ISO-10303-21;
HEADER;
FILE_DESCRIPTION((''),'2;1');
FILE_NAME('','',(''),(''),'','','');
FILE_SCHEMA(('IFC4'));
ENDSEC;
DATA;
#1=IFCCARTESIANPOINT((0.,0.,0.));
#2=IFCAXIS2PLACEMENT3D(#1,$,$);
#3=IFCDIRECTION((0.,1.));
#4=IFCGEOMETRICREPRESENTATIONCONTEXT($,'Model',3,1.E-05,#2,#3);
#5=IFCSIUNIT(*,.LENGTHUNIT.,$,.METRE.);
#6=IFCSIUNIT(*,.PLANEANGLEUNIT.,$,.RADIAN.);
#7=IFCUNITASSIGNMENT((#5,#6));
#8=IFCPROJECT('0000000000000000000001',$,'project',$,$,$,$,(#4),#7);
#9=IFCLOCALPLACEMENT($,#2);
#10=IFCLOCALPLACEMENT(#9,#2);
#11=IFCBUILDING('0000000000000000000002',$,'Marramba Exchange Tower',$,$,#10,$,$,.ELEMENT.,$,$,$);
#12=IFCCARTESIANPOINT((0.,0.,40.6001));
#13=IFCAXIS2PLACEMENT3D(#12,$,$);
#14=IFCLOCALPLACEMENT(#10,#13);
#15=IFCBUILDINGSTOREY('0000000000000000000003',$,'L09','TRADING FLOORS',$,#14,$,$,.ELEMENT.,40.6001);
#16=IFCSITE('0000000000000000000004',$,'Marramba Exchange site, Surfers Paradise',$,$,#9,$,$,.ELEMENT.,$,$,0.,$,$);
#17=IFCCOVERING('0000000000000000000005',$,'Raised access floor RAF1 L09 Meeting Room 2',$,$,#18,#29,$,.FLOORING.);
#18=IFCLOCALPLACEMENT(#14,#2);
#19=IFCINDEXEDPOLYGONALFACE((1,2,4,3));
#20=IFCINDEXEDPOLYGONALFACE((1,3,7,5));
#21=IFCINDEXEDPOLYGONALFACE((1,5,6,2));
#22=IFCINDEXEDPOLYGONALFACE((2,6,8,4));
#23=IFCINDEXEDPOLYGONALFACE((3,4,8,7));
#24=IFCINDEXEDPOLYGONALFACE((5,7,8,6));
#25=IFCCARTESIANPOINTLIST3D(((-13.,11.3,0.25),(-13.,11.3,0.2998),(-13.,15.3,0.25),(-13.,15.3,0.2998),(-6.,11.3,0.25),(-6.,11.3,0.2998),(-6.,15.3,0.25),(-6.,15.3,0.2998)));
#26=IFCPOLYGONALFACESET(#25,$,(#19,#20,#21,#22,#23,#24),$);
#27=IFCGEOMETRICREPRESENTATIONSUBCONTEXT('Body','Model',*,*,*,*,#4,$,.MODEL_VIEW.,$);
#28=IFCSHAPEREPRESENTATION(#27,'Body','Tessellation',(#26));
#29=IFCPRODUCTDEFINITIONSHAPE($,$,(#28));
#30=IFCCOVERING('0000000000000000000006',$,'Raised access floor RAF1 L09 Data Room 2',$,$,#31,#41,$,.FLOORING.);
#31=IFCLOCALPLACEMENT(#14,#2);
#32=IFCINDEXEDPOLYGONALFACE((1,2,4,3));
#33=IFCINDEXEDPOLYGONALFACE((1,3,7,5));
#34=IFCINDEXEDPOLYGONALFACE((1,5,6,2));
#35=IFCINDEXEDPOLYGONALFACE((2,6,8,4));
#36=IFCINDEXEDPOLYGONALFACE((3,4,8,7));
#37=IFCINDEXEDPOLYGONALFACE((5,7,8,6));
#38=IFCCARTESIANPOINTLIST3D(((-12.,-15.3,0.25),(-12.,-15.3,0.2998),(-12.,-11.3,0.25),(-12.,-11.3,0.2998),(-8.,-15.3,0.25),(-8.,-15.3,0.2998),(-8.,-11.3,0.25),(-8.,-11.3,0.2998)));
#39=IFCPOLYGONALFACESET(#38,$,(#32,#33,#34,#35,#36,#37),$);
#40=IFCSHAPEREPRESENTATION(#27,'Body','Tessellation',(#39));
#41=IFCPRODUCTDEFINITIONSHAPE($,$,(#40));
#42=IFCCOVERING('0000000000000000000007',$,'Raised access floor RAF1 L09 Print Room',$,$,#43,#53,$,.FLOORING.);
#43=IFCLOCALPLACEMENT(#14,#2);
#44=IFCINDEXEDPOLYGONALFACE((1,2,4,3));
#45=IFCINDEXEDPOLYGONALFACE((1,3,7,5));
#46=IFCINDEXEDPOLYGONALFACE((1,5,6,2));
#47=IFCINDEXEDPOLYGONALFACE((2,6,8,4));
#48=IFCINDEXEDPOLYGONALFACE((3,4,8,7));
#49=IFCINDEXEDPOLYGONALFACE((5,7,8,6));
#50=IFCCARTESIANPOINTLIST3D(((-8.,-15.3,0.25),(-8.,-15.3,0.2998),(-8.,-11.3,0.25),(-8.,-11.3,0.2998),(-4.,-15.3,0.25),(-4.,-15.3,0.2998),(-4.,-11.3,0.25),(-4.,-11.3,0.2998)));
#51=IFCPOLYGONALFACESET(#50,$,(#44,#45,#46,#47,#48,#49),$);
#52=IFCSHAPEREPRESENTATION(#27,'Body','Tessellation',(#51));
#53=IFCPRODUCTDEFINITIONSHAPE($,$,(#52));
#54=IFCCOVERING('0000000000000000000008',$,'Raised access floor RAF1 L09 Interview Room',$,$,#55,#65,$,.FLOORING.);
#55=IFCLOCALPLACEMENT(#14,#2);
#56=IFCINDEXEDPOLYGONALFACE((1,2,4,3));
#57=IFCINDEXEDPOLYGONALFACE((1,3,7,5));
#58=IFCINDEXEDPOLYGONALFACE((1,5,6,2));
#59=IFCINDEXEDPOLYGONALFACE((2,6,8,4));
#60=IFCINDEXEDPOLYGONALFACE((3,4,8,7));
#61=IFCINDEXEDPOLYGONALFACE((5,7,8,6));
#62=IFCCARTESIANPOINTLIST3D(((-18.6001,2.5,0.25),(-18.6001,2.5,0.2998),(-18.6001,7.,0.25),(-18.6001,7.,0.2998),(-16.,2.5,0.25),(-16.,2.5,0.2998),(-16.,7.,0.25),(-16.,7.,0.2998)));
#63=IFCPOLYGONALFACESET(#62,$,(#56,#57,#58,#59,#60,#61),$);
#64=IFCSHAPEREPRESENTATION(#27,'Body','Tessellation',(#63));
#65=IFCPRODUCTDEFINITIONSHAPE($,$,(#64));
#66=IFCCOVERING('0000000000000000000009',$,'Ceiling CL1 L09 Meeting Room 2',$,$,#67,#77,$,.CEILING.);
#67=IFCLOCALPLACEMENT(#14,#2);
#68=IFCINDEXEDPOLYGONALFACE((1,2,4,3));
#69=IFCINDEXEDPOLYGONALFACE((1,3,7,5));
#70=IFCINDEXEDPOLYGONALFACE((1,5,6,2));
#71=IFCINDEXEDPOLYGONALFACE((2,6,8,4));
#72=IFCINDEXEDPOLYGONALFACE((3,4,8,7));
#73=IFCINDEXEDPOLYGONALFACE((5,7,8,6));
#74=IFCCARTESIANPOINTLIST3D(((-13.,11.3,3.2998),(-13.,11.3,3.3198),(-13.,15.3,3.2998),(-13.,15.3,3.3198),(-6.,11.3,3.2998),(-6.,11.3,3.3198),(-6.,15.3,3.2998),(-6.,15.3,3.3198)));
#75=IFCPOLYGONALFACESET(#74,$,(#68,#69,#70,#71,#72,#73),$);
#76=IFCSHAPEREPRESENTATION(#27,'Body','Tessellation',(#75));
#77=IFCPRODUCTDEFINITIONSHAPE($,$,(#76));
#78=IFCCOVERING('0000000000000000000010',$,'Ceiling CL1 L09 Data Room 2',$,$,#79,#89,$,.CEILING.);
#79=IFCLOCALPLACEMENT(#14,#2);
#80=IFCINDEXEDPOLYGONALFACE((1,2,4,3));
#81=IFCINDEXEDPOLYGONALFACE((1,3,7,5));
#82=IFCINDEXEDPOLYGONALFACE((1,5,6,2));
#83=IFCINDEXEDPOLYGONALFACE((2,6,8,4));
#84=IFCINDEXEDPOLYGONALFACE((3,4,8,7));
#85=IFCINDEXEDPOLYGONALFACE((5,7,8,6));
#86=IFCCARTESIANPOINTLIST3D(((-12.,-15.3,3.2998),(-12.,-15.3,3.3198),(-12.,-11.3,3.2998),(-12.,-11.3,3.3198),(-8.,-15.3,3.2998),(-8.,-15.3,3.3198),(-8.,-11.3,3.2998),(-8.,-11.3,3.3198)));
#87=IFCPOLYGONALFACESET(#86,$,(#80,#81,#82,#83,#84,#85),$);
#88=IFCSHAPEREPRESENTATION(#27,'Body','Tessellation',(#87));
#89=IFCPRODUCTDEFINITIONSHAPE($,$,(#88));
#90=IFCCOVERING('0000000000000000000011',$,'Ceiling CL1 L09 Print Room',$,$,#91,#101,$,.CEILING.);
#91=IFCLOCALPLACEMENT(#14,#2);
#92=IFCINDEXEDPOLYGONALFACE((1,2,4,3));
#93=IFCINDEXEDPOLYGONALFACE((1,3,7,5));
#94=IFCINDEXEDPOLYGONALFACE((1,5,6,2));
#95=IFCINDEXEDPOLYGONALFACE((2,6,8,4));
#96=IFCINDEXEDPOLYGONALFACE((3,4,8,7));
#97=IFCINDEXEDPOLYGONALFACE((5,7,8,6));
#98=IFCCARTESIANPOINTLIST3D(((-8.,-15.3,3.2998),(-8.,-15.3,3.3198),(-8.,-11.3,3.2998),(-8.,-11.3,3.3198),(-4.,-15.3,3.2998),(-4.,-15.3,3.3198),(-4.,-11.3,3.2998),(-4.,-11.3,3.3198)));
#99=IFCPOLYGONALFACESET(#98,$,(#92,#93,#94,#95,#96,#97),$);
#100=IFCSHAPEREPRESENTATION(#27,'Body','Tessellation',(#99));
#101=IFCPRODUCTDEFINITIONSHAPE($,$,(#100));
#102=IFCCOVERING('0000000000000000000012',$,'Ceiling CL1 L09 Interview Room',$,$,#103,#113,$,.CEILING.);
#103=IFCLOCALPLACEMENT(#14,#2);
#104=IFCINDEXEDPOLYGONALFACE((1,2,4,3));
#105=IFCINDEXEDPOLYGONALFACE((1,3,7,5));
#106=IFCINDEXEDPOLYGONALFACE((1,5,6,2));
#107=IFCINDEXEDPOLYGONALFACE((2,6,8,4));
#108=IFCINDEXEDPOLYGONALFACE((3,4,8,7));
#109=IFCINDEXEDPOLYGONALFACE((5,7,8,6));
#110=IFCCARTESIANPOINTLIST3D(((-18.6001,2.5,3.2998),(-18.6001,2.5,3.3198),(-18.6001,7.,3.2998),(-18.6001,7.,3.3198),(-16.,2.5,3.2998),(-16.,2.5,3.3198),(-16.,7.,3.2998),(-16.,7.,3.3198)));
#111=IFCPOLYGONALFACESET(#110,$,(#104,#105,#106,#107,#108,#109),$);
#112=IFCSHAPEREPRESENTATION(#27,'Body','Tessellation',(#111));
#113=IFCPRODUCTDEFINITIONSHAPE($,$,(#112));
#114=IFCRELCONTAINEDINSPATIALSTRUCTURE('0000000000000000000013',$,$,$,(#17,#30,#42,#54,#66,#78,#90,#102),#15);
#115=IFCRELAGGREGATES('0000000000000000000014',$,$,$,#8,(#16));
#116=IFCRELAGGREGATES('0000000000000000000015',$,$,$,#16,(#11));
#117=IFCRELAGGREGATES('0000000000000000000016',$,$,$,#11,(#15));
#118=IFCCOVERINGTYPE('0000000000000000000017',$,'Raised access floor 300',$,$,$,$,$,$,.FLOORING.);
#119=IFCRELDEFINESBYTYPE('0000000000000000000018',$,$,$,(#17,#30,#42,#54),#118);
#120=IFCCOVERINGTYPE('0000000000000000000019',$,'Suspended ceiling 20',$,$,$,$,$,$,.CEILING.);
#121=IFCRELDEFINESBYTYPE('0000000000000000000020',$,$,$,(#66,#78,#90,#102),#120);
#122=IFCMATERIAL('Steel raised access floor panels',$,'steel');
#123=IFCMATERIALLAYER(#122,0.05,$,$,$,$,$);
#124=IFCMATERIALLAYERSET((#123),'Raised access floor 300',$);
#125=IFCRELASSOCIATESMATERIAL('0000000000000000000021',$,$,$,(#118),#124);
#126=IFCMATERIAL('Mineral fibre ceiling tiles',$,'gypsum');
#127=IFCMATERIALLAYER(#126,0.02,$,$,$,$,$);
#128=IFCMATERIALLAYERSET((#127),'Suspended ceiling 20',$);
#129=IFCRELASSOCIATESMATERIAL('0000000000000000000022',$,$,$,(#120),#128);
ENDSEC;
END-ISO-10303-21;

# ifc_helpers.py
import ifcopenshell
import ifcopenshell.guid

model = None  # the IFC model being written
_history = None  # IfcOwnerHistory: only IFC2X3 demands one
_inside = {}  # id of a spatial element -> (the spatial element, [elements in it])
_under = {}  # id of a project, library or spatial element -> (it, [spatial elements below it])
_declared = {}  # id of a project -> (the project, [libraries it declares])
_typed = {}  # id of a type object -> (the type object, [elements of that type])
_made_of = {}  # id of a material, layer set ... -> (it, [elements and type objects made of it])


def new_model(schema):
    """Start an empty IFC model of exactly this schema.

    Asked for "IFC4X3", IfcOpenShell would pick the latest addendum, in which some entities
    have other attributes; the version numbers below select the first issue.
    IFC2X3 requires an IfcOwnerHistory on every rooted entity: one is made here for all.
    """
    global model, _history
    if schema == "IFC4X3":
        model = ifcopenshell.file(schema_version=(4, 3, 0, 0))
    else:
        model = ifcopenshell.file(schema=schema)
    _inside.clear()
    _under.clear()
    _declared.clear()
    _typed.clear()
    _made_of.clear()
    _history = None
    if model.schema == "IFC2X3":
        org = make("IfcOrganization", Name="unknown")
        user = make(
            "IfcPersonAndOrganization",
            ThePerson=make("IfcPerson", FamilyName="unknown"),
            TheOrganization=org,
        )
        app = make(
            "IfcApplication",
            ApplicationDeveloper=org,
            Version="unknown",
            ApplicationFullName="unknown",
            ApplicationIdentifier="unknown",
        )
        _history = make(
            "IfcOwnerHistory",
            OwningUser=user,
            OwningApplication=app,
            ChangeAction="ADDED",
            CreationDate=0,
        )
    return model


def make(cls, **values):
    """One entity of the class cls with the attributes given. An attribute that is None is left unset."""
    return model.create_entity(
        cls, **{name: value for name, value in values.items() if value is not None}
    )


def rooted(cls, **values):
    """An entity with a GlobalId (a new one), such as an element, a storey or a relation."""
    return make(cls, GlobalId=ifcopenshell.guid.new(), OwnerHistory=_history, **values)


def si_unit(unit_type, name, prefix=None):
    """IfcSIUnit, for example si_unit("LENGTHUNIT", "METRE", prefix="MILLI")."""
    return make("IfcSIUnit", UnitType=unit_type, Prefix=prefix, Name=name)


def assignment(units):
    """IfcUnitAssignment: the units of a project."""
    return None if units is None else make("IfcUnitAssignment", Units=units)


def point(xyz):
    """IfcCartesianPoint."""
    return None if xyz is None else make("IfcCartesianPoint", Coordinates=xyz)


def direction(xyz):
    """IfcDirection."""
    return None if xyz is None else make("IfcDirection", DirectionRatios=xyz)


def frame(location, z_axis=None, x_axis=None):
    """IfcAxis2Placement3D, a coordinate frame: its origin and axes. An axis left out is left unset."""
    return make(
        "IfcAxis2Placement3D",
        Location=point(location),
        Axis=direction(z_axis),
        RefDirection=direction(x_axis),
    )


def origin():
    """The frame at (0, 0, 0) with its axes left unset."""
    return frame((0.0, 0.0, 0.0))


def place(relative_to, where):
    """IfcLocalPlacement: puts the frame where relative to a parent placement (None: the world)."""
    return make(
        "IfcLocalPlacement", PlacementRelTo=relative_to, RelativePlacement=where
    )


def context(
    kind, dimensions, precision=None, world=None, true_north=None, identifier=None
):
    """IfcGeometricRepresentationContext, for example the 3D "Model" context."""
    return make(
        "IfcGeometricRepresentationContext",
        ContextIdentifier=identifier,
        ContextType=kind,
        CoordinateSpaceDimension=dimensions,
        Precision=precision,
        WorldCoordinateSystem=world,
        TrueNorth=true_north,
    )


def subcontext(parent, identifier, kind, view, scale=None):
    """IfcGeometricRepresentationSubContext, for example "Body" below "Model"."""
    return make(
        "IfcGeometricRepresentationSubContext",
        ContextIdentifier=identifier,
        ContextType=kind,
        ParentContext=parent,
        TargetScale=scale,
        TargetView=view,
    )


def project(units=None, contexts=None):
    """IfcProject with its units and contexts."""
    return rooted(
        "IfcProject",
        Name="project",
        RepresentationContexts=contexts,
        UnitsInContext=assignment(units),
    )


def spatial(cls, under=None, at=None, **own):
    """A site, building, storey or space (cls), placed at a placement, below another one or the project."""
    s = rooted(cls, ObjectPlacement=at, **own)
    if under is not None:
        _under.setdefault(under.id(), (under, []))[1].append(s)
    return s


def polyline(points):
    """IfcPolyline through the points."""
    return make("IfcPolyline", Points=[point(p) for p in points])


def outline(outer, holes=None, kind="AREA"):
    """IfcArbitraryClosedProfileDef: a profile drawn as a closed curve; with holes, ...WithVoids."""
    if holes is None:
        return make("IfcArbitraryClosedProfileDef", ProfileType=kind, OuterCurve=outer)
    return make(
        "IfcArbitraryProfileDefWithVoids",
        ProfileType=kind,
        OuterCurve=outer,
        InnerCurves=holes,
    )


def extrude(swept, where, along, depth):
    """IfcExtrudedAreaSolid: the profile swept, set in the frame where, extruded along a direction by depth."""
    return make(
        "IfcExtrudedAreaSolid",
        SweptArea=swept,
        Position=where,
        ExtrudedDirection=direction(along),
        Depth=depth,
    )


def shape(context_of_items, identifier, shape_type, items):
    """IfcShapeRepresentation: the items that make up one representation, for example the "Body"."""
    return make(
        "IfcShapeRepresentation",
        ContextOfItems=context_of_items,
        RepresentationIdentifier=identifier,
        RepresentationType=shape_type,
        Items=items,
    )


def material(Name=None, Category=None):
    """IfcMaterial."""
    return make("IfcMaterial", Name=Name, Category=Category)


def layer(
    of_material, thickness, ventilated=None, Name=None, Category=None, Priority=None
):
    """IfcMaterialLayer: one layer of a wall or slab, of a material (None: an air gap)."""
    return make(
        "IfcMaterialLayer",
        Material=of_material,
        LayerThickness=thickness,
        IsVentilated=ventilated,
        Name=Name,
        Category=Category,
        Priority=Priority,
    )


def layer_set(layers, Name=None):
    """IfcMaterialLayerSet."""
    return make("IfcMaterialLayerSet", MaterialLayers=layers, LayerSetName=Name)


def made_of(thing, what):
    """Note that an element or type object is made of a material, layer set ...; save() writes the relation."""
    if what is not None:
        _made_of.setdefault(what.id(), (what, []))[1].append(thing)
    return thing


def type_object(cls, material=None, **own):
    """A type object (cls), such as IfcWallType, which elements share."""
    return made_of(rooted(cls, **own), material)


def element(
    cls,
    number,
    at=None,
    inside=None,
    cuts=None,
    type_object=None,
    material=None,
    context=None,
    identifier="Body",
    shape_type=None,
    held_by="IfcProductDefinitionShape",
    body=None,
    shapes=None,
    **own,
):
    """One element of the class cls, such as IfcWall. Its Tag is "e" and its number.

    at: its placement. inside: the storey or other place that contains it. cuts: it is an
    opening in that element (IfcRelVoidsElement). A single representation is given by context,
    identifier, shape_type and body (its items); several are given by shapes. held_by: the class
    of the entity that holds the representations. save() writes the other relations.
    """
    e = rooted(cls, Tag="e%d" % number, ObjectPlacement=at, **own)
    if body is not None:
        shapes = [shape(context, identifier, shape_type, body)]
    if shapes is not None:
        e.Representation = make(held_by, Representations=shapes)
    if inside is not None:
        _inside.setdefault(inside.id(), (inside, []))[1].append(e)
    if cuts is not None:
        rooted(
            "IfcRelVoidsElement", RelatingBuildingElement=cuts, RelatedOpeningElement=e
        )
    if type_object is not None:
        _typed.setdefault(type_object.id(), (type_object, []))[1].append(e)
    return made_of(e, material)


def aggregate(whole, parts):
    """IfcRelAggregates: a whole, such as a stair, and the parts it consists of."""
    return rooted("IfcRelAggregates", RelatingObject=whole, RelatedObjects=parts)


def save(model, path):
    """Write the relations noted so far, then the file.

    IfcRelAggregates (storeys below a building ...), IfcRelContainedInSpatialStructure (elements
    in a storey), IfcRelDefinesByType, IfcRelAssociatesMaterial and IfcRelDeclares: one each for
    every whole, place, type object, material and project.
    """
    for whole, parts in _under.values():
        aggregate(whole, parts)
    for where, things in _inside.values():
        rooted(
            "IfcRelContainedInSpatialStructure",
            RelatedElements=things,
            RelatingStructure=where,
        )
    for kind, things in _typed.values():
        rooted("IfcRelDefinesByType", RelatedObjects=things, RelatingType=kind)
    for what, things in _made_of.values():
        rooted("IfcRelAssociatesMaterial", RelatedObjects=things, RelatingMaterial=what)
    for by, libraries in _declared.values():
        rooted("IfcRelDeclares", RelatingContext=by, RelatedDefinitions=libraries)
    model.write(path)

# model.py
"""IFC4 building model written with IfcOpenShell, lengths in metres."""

from ifc_helpers import new_model, si_unit, direction, frame, origin, place, context, subcontext, project, spatial, polyline, outline, extrude, material, layer, layer_set, type_object, element, save


model = new_model("IFC4")

# Units and contexts
model_context = context("Model", 3, precision=1e-05, world=origin(), true_north=direction((0.0, 1.0)))
body_context = subcontext(model_context, "Body", "Model", "MODEL_VIEW")
ifc_project = project(units=[si_unit("LENGTHUNIT", "METRE"), si_unit("PLANEANGLEUNIT", "RADIAN")], contexts=[model_context])

# Site, building, storey
site_placement = place(None, origin())
site = spatial("IfcSite", under=ifc_project, at=site_placement, Name="Marramba Exchange site, Surfers Paradise", CompositionType="ELEMENT", RefElevation=0.0)
building_placement = place(site_placement, origin())
building = spatial("IfcBuilding", under=site, at=building_placement, Name="Marramba Exchange Tower", CompositionType="ELEMENT")
storey_placement = place(building_placement, frame((0.0, 0.0, 40.6001)))
storey = spatial("IfcBuildingStorey", under=building, at=storey_placement, Name="L09", Description="TRADING FLOORS", CompositionType="ELEMENT", Elevation=40.6001)

# Coverings
ifc_material_1 = material(Name="Steel raised access floor panels", Category="steel")
ifc_layer_1 = layer(ifc_material_1, 0.05)
ifc_layer_set_1 = layer_set([ifc_layer_1], Name="Raised access floor 300")
covering_type_1 = type_object("IfcCoveringType", Name="Raised access floor 300", PredefinedType="FLOORING", material=ifc_layer_set_1)
covering_1_placement = place(storey_placement, frame((0.0, 0.0, 0.25)))
element("IfcCovering", 1, at=covering_1_placement, inside=storey, type_object=covering_type_1, Name="Raised access floor RAF1 L09 Meeting Room 2", PredefinedType="FLOORING", context=body_context, shape_type="SweptSolid", body=[
    extrude(outline(polyline([(-6.0, 11.3), (-13.0, 11.3), (-13.0, 15.3), (-6.0, 15.3), (-6.0, 11.3)])), origin(), (0.0, 0.0, 1.0), 0.0498),
])
covering_2_placement = place(storey_placement, frame((0.0, 0.0, 0.25)))
element("IfcCovering", 2, at=covering_2_placement, inside=storey, type_object=covering_type_1, Name="Raised access floor RAF1 L09 Data Room 2", PredefinedType="FLOORING", context=body_context, shape_type="SweptSolid", body=[
    extrude(outline(polyline([(-8.0, -15.3), (-12.0, -15.3), (-12.0, -11.3), (-8.0, -11.3), (-8.0, -15.3)])), origin(), (0.0, 0.0, 1.0), 0.0498),
])
covering_3_placement = place(storey_placement, frame((0.0, 0.0, 0.25)))
element("IfcCovering", 3, at=covering_3_placement, inside=storey, type_object=covering_type_1, Name="Raised access floor RAF1 L09 Print Room", PredefinedType="FLOORING", context=body_context, shape_type="SweptSolid", body=[
    extrude(outline(polyline([(-4.0, -15.3), (-8.0, -15.3), (-8.0, -11.3), (-4.0, -11.3), (-4.0, -15.3)])), origin(), (0.0, 0.0, 1.0), 0.0498),
])
covering_4_placement = place(storey_placement, frame((0.0, 0.0, 0.25)))
element("IfcCovering", 4, at=covering_4_placement, inside=storey, type_object=covering_type_1, Name="Raised access floor RAF1 L09 Interview Room", PredefinedType="FLOORING", context=body_context, shape_type="SweptSolid", body=[
    extrude(outline(polyline([(-16.0, 2.5), (-18.6001, 2.5), (-18.6001, 7.0), (-16.0, 7.0), (-16.0, 2.5)])), origin(), (0.0, 0.0, 1.0), 0.0498),
])
ifc_material_2 = material(Name="Mineral fibre ceiling tiles", Category="gypsum")
ifc_layer_2 = layer(ifc_material_2, 0.02)
ifc_layer_set_2 = layer_set([ifc_layer_2], Name="Suspended ceiling 20")
covering_type_2 = type_object("IfcCoveringType", Name="Suspended ceiling 20", PredefinedType="CEILING", material=ifc_layer_set_2)
covering_5_placement = place(storey_placement, frame((0.0, 0.0, 3.2998)))
element("IfcCovering", 5, at=covering_5_placement, inside=storey, type_object=covering_type_2, Name="Ceiling CL1 L09 Meeting Room 2", PredefinedType="CEILING", context=body_context, shape_type="SweptSolid", body=[
    extrude(outline(polyline([(-6.0, 11.3), (-13.0, 11.3), (-13.0, 15.3), (-6.0, 15.3), (-6.0, 11.3)])), origin(), (0.0, 0.0, 1.0), 0.02),
])
covering_6_placement = place(storey_placement, frame((0.0, 0.0, 3.2998)))
element("IfcCovering", 6, at=covering_6_placement, inside=storey, type_object=covering_type_2, Name="Ceiling CL1 L09 Data Room 2", PredefinedType="CEILING", context=body_context, shape_type="SweptSolid", body=[
    extrude(outline(polyline([(-8.0, -15.3), (-12.0, -15.3), (-12.0, -11.3), (-8.0, -11.3), (-8.0, -15.3)])), origin(), (0.0, 0.0, 1.0), 0.02),
])
covering_7_placement = place(storey_placement, frame((0.0, 0.0, 3.2998)))
element("IfcCovering", 7, at=covering_7_placement, inside=storey, type_object=covering_type_2, Name="Ceiling CL1 L09 Print Room", PredefinedType="CEILING", context=body_context, shape_type="SweptSolid", body=[
    extrude(outline(polyline([(-4.0, -15.3), (-8.0, -15.3), (-8.0, -11.3), (-4.0, -11.3), (-4.0, -15.3)])), origin(), (0.0, 0.0, 1.0), 0.02),
])
covering_8_placement = place(storey_placement, frame((0.0, 0.0, 3.2998)))
element("IfcCovering", 8, at=covering_8_placement, inside=storey, type_object=covering_type_2, Name="Ceiling CL1 L09 Interview Room", PredefinedType="CEILING", context=body_context, shape_type="SweptSolid", body=[
    extrude(outline(polyline([(-16.0, 2.5), (-18.6001, 2.5), (-18.6001, 7.0), (-16.0, 7.0), (-16.0, 2.5)])), origin(), (0.0, 0.0, 1.0), 0.02),
])

save(model, "model.ifc")
